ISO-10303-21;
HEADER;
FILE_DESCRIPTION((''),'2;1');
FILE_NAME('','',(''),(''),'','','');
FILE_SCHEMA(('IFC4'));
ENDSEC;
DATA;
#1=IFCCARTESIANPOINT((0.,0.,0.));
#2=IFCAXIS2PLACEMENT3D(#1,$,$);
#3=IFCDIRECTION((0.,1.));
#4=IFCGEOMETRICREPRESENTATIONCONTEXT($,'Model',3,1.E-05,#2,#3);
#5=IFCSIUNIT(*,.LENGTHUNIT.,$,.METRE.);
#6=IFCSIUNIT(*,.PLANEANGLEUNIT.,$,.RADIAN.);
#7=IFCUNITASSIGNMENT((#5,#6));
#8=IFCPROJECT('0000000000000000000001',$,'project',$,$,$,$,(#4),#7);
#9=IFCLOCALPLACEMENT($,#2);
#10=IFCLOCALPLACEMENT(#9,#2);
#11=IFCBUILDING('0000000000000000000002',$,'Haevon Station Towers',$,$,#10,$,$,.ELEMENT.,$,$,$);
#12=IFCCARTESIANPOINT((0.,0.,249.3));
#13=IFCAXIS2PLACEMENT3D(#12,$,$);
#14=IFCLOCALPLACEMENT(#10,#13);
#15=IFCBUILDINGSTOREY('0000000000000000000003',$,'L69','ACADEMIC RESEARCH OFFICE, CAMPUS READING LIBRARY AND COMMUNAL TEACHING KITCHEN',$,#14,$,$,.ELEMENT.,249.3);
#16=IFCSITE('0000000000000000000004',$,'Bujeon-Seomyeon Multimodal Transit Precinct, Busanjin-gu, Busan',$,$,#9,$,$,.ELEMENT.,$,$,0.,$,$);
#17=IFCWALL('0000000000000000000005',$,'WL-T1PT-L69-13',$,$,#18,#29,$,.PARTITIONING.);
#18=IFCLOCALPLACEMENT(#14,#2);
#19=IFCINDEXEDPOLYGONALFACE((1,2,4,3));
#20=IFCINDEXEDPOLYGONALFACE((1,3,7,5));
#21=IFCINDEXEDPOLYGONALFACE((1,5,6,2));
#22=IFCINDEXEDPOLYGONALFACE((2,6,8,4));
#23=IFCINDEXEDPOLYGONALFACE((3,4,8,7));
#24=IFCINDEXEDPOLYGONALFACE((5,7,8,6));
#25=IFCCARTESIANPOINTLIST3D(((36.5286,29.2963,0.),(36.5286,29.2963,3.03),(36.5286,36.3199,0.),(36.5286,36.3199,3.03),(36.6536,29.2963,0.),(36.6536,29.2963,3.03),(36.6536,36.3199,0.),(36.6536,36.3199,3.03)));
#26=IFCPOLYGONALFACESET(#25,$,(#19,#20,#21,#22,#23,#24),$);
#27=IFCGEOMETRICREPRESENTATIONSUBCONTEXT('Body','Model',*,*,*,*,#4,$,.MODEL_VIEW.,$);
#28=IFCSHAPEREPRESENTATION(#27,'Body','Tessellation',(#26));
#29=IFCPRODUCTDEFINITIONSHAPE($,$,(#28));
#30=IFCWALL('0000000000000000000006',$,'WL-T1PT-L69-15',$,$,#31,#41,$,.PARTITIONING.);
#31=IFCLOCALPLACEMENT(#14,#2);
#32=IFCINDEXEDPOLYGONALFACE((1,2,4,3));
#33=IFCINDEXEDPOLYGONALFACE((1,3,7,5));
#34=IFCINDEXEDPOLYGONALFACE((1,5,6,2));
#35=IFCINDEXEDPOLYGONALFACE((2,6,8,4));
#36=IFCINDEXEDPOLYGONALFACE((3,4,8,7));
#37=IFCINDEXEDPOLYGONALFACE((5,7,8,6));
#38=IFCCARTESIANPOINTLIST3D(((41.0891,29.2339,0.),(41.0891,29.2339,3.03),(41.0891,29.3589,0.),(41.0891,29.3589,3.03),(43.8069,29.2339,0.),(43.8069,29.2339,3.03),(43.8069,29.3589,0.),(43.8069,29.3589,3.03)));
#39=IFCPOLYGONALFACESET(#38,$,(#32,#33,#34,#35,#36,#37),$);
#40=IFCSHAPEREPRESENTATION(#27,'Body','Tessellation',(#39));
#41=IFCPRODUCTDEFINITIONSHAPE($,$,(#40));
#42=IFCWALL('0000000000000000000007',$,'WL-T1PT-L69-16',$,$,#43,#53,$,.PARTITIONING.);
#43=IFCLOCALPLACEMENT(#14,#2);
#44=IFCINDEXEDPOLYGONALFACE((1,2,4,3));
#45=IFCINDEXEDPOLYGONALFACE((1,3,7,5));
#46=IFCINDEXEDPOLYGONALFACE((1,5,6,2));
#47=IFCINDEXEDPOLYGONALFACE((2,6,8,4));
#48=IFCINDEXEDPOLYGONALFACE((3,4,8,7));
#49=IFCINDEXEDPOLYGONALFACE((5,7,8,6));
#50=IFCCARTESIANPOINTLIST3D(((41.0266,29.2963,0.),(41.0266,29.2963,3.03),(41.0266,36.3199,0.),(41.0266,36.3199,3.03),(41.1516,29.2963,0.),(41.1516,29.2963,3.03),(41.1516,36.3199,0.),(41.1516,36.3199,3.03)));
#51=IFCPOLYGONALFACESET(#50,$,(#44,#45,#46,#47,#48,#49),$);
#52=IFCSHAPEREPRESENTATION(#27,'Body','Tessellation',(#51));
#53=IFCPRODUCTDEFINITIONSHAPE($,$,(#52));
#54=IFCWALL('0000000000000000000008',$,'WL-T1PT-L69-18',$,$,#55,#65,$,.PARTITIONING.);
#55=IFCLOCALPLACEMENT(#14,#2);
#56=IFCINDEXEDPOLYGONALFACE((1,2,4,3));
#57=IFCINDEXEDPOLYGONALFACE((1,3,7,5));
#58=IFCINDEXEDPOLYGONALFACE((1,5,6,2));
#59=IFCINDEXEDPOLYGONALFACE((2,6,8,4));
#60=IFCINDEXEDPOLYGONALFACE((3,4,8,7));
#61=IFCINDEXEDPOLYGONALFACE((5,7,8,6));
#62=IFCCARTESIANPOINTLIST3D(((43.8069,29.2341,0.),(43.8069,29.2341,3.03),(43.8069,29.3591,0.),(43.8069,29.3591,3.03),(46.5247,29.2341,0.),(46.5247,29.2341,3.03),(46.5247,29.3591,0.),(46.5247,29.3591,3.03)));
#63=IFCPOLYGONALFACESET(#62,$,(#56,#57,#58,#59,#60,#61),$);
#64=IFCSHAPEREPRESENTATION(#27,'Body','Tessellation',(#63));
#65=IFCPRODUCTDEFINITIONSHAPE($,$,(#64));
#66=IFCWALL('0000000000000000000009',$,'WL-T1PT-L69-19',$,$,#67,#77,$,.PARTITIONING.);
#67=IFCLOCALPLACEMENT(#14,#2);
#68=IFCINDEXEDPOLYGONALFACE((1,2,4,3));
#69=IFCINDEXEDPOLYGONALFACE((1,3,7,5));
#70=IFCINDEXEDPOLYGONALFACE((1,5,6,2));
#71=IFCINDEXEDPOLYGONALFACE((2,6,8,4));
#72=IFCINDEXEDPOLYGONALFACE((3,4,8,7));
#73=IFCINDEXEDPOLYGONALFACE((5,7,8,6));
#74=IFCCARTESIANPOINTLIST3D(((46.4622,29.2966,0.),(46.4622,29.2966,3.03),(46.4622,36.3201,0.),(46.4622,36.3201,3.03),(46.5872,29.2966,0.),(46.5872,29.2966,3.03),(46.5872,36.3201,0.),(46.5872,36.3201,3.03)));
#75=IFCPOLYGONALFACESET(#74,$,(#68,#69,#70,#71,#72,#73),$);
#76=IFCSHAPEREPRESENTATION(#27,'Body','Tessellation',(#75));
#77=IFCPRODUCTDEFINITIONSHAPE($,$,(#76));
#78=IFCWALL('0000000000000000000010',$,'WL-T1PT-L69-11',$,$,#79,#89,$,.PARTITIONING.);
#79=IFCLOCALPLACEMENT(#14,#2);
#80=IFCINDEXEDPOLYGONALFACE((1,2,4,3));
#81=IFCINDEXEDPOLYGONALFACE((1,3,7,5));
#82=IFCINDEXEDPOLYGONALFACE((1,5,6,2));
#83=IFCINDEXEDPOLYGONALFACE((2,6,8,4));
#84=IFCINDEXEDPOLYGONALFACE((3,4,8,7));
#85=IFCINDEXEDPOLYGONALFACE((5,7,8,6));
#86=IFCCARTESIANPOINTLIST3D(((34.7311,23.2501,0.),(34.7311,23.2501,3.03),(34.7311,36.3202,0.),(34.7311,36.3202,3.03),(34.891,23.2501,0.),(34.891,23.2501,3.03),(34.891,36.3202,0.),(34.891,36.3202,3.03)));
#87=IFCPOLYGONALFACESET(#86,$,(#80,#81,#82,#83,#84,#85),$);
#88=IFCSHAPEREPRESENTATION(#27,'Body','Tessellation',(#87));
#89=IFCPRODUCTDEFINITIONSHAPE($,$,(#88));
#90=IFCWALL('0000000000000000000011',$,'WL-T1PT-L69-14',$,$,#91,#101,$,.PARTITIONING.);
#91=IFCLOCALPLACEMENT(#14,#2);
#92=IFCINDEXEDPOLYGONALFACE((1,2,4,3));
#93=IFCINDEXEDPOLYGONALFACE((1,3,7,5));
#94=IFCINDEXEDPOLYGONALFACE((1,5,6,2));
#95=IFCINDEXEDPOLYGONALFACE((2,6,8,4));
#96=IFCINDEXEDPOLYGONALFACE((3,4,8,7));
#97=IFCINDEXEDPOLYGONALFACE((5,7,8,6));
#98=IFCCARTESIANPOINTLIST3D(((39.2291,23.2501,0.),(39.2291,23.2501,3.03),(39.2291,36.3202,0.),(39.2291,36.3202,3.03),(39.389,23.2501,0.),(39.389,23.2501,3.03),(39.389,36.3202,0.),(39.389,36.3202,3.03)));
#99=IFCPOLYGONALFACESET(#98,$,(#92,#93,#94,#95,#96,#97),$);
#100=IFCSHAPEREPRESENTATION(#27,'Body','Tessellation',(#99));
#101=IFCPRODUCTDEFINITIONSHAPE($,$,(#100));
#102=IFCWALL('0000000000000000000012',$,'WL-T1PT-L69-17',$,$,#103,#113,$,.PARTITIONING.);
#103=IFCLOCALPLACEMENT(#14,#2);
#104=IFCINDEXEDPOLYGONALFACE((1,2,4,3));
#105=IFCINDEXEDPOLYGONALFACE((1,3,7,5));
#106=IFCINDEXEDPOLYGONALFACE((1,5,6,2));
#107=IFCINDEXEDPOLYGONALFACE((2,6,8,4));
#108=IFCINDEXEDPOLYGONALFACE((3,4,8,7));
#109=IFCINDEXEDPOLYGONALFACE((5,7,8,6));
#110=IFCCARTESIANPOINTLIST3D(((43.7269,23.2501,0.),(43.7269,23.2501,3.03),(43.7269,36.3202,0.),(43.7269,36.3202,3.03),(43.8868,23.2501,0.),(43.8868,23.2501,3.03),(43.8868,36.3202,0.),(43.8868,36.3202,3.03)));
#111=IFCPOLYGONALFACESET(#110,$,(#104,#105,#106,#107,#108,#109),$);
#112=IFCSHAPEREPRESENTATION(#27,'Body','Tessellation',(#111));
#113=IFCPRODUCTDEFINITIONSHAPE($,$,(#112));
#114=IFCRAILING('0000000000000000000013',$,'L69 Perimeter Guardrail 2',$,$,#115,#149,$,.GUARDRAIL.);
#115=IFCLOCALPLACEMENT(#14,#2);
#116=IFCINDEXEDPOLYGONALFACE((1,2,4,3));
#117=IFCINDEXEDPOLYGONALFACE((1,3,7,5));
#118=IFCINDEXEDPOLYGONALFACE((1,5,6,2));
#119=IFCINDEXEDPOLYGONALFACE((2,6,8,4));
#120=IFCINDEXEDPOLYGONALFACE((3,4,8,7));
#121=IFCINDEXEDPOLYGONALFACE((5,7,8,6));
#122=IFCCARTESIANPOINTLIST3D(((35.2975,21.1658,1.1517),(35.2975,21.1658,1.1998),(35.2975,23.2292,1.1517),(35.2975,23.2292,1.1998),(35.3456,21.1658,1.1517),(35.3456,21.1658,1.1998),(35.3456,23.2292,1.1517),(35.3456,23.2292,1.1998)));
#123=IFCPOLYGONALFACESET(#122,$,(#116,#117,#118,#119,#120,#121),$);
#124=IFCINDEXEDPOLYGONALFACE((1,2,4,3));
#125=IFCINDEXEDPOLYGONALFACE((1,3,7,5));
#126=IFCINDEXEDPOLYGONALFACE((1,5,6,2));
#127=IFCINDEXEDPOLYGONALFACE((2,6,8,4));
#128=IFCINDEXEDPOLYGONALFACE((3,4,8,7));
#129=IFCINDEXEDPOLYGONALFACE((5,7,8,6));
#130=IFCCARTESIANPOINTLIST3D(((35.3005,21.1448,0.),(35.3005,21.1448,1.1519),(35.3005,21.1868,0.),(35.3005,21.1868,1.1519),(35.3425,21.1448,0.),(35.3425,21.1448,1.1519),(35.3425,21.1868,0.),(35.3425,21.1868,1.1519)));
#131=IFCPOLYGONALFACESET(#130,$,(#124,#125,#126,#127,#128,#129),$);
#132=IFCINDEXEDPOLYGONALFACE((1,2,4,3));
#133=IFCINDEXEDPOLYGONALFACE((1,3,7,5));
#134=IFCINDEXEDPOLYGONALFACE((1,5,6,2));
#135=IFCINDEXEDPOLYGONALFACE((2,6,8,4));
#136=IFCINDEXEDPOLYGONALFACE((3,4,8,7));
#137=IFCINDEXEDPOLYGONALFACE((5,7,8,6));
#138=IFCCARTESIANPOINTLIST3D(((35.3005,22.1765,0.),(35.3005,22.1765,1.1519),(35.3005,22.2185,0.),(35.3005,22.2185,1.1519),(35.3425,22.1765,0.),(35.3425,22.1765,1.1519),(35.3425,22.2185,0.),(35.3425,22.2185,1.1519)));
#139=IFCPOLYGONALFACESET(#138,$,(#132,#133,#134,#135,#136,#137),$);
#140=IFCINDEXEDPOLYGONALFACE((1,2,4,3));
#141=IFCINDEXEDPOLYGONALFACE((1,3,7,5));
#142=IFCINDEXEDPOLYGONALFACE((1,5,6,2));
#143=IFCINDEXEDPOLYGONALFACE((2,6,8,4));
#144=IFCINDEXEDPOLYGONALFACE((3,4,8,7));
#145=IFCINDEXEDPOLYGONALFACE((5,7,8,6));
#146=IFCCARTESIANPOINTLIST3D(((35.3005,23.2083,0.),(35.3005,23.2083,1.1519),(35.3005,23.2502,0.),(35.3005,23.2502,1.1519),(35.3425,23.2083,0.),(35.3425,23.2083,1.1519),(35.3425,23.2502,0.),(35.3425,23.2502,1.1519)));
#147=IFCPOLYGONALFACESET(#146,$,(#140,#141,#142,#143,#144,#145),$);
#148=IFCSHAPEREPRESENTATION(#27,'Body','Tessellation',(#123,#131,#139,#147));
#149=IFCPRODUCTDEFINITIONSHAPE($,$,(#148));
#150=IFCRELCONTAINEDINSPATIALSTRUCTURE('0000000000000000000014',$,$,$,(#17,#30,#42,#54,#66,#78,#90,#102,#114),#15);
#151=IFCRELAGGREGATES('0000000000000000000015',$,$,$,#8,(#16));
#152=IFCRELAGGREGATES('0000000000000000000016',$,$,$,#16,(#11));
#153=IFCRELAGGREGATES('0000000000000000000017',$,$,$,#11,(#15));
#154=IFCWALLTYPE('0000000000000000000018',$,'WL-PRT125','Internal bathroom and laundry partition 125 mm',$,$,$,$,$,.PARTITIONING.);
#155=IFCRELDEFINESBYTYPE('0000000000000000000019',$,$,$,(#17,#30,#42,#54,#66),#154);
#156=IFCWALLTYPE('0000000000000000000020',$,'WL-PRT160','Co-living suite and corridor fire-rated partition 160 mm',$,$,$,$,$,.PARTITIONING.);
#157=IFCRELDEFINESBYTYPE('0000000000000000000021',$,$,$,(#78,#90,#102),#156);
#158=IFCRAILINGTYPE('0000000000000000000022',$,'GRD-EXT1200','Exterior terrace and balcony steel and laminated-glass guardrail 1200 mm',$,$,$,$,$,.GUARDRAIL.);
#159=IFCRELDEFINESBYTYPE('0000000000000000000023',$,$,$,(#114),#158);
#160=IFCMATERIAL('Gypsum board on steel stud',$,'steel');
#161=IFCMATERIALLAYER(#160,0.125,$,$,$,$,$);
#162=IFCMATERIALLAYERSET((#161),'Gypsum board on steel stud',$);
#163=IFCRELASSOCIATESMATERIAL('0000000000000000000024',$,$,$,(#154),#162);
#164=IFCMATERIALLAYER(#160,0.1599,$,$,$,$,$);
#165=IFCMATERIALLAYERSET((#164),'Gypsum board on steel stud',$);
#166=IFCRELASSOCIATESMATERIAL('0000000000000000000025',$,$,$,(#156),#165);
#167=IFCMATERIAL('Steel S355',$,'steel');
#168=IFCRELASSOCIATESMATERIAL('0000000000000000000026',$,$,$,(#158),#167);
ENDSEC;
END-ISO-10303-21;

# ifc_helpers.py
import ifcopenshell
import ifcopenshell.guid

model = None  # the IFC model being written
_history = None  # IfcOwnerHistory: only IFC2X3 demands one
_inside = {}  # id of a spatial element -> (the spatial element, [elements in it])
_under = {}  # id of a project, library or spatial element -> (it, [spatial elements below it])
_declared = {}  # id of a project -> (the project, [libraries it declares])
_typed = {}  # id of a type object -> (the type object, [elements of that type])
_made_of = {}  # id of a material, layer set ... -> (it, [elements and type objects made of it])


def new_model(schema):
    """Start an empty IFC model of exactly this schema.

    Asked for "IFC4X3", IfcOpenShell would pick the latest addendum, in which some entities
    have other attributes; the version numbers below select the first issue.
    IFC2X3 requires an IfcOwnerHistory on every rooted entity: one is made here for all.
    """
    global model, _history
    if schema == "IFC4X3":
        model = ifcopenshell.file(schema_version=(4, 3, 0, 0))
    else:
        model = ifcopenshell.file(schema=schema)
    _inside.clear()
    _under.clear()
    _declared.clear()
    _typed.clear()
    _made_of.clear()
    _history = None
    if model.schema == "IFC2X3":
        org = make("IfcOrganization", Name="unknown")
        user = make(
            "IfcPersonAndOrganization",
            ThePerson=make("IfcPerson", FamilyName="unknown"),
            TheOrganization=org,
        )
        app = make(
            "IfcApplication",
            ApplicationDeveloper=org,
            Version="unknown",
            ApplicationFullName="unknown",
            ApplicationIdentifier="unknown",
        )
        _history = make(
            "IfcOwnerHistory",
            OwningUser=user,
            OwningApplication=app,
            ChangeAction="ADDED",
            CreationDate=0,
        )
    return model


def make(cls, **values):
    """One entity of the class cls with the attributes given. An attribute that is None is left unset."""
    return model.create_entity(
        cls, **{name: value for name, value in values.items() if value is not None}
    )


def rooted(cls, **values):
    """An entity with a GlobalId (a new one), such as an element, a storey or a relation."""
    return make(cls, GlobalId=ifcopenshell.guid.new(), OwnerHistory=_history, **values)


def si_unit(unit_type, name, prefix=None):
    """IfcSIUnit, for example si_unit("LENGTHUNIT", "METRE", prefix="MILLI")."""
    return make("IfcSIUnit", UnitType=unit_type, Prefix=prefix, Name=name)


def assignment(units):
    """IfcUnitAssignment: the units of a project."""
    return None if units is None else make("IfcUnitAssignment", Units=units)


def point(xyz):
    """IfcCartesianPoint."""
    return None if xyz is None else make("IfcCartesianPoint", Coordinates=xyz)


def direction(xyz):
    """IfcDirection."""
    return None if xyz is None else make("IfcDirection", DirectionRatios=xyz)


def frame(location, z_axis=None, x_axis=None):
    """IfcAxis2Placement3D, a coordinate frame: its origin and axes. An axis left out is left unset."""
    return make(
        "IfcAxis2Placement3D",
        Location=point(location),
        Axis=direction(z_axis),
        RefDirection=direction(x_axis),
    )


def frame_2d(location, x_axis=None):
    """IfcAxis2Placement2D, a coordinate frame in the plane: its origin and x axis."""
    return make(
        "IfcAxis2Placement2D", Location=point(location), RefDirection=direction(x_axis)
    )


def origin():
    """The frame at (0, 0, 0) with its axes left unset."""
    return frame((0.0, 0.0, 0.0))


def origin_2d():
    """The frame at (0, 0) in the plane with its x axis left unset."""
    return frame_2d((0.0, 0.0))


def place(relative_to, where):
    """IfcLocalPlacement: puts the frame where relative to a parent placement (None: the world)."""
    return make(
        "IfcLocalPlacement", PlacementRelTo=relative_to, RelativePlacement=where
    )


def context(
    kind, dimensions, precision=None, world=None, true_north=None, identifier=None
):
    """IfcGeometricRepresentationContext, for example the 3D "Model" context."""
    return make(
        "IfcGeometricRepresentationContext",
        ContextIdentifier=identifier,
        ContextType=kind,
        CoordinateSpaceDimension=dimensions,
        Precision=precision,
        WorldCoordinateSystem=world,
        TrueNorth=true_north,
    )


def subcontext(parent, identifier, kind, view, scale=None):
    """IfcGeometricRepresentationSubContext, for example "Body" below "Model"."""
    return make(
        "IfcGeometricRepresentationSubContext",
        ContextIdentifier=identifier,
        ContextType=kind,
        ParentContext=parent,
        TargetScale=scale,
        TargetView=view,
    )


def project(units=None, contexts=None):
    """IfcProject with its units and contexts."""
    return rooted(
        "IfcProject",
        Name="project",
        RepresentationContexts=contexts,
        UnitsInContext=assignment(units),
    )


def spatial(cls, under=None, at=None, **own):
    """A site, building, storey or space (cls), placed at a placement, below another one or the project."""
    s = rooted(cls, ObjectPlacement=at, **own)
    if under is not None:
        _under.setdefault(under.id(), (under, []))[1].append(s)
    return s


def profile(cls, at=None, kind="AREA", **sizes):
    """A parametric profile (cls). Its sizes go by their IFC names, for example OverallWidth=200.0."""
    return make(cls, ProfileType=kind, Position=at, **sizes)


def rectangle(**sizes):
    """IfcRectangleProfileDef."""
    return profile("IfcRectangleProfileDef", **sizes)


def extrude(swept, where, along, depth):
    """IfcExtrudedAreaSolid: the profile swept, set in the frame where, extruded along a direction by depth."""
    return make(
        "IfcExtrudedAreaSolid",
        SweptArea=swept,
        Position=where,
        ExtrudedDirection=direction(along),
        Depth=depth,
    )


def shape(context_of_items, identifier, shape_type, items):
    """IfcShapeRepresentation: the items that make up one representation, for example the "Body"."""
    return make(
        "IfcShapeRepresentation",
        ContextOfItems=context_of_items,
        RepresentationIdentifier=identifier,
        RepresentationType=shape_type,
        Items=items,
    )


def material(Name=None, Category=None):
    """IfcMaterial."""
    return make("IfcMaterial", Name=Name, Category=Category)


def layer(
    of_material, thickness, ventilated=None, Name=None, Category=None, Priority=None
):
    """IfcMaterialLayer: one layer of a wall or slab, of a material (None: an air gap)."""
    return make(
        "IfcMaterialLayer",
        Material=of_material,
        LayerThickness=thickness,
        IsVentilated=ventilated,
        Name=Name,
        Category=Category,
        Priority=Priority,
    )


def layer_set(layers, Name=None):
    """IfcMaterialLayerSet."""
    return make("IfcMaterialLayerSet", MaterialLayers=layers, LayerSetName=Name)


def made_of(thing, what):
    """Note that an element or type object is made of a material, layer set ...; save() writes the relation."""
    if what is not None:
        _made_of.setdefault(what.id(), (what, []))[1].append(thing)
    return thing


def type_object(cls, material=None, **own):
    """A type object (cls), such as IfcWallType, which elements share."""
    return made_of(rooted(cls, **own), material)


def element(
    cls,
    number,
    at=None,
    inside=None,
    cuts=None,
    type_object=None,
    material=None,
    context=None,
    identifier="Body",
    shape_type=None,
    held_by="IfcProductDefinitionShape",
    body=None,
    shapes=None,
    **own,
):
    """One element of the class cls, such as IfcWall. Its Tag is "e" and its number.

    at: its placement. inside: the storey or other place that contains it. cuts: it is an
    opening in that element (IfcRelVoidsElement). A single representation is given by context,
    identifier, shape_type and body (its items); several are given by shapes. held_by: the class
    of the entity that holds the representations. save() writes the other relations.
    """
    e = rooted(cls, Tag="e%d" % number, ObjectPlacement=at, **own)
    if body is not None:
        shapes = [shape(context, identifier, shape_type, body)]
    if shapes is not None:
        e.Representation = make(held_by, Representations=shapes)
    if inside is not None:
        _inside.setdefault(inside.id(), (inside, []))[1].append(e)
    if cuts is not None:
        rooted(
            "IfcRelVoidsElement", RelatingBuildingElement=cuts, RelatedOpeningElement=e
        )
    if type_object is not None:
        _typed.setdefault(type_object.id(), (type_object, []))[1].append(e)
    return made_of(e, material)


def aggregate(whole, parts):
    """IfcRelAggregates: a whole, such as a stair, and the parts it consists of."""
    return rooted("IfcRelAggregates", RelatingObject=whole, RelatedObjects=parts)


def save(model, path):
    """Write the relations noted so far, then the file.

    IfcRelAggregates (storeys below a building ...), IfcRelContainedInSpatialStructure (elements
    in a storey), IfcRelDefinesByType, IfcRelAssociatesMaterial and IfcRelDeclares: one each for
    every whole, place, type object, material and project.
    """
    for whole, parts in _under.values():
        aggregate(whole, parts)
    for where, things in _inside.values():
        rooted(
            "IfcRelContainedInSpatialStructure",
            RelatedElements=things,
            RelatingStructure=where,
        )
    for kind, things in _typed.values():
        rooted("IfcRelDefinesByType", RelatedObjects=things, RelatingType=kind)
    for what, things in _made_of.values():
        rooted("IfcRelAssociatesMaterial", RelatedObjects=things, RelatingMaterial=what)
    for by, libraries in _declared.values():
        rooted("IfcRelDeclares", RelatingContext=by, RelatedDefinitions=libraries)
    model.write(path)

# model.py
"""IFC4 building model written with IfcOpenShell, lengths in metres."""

from ifc_helpers import new_model, si_unit, direction, frame, frame_2d, origin, origin_2d, place, context, subcontext, project, spatial, rectangle, extrude, material, layer, layer_set, type_object, element, save


model = new_model("IFC4")

# Units and contexts
model_context = context("Model", 3, precision=1e-05, world=origin(), true_north=direction((0.0, 1.0)))
body_context = subcontext(model_context, "Body", "Model", "MODEL_VIEW")
ifc_project = project(units=[si_unit("LENGTHUNIT", "METRE"), si_unit("PLANEANGLEUNIT", "RADIAN")], contexts=[model_context])

# Site, building, storey
site_placement = place(None, origin())
site = spatial("IfcSite", under=ifc_project, at=site_placement, Name="Bujeon-Seomyeon Multimodal Transit Precinct, Busanjin-gu, Busan", CompositionType="ELEMENT", RefElevation=0.0)
building_placement = place(site_placement, origin())
building = spatial("IfcBuilding", under=site, at=building_placement, Name="Haevon Station Towers", CompositionType="ELEMENT")
storey_placement = place(building_placement, frame((0.0, 0.0, 249.3)))
storey = spatial("IfcBuildingStorey", under=building, at=storey_placement, Name="L69", Description="ACADEMIC RESEARCH OFFICE, CAMPUS READING LIBRARY AND COMMUNAL TEACHING KITCHEN", CompositionType="ELEMENT", Elevation=249.3)

# Shared definitions
ifc_material_1 = material(Name="Steel S355", Category="steel")

# Walls
ifc_material_2 = material(Name="Gypsum board on steel stud", Category="steel")
ifc_layer_1 = layer(ifc_material_2, 0.125)
ifc_layer_set_1 = layer_set([ifc_layer_1], Name="Gypsum board on steel stud")
wall_type_1 = type_object("IfcWallType", Name="WL-PRT125", Description="Internal bathroom and laundry partition 125 mm", PredefinedType="PARTITIONING", material=ifc_layer_set_1)
wall_1_placement = place(storey_placement, frame((36.5911, 29.2964, 0.0), z_axis=(0.0, 0.0, 1.0), x_axis=(0.0, 1.0, 0.0)))
element("IfcWall", 1, at=wall_1_placement, inside=storey, type_object=wall_type_1, Name="WL-T1PT-L69-13", PredefinedType="PARTITIONING", context=body_context, shape_type="SweptSolid", body=[
    extrude(rectangle(XDim=7.0237, YDim=0.125, at=frame_2d((3.5117, 0.0))), origin(), (0.0, 0.0, 1.0), 3.03),
])
wall_2_placement = place(storey_placement, frame((41.0891, 29.2964, 0.0), z_axis=(0.0, 0.0, 1.0), x_axis=(1.0, 0.0, 0.0)))
element("IfcWall", 2, at=wall_2_placement, inside=storey, type_object=wall_type_1, Name="WL-T1PT-L69-15", PredefinedType="PARTITIONING", context=body_context, shape_type="SweptSolid", body=[
    extrude(rectangle(XDim=2.7178, YDim=0.125, at=frame_2d((1.3589, 0.0))), origin(), (0.0, 0.0, 1.0), 3.03),
])
wall_3_placement = place(storey_placement, frame((41.0891, 29.2964, 0.0), z_axis=(0.0, 0.0, 1.0), x_axis=(0.0, 1.0, 0.0)))
element("IfcWall", 3, at=wall_3_placement, inside=storey, type_object=wall_type_1, Name="WL-T1PT-L69-16", PredefinedType="PARTITIONING", context=body_context, shape_type="SweptSolid", body=[
    extrude(rectangle(XDim=7.0237, YDim=0.125, at=frame_2d((3.5117, 0.0))), origin(), (0.0, 0.0, 1.0), 3.03),
])
wall_4_placement = place(storey_placement, frame((43.8069, 29.2966, 0.0), z_axis=(0.0, 0.0, 1.0), x_axis=(1.0, 0.0, 0.0)))
element("IfcWall", 4, at=wall_4_placement, inside=storey, type_object=wall_type_1, Name="WL-T1PT-L69-18", PredefinedType="PARTITIONING", context=body_context, shape_type="SweptSolid", body=[
    extrude(rectangle(XDim=2.7178, YDim=0.125, at=frame_2d((1.3589, 0.0))), origin(), (0.0, 0.0, 1.0), 3.03),
])
wall_5_placement = place(storey_placement, frame((46.5247, 29.2966, 0.0), z_axis=(0.0, 0.0, 1.0), x_axis=(0.0, 1.0, 0.0)))
element("IfcWall", 5, at=wall_5_placement, inside=storey, type_object=wall_type_1, Name="WL-T1PT-L69-19", PredefinedType="PARTITIONING", context=body_context, shape_type="SweptSolid", body=[
    extrude(rectangle(XDim=7.0234, YDim=0.125, at=frame_2d((3.5117, 0.0))), origin(), (0.0, 0.0, 1.0), 3.03),
])
ifc_layer_2 = layer(ifc_material_2, 0.1599)
ifc_layer_set_2 = layer_set([ifc_layer_2], Name="Gypsum board on steel stud")
wall_type_2 = type_object("IfcWallType", Name="WL-PRT160", Description="Co-living suite and corridor fire-rated partition 160 mm", PredefinedType="PARTITIONING", material=ifc_layer_set_2)
for number, where, z_axis, x_axis, name in (
    (6, (34.811, 23.25, 0.0), (0.0, 0.0, 1.0), (0.0, 1.0, 0.0), "WL-T1PT-L69-11"),
    (7, (39.3091, 23.25, 0.0), (0.0, 0.0, 1.0), (0.0, 1.0, 0.0), "WL-T1PT-L69-14"),
    (8, (43.8069, 23.25, 0.0), (0.0, 0.0, 1.0), (0.0, 1.0, 0.0), "WL-T1PT-L69-17"),
):
    element("IfcWall", number, at=place(storey_placement, frame(where, z_axis=z_axis, x_axis=x_axis)), inside=storey, type_object=wall_type_2, Name=name, PredefinedType="PARTITIONING", context=body_context, shape_type="SweptSolid", body=[
        extrude(rectangle(XDim=13.0701, YDim=0.1599, at=frame_2d((6.5352, 0.0))), origin(), (0.0, 0.0, 1.0), 3.03),
    ])

# Railing
railing_type = type_object("IfcRailingType", Name="GRD-EXT1200", Description="Exterior terrace and balcony steel and laminated-glass guardrail 1200 mm", PredefinedType="GUARDRAIL", material=ifc_material_1)
railing_placement = place(storey_placement, frame((35.3215, 21.1658, 0.0)))
element("IfcRailing", 9, at=railing_placement, inside=storey, type_object=railing_type, Name="L69 Perimeter Guardrail 2", PredefinedType="GUARDRAIL", context=body_context, shape_type="SweptSolid", body=[
    extrude(rectangle(XDim=0.0481, YDim=0.0481, at=origin_2d()), frame((0.0, 0.0, 1.1758), z_axis=(0.0, 1.0, 0.0), x_axis=(-1.0, 0.0, 0.0)), (0.0, 0.0, 1.0), 2.0635),
    extrude(rectangle(XDim=0.042, YDim=0.042, at=origin_2d()), origin(), (0.0, 0.0, 1.0), 1.1519),
    extrude(rectangle(XDim=0.042, YDim=0.042, at=origin_2d()), frame((0.0, 1.0317, 0.0)), (0.0, 0.0, 1.0), 1.1519),
    extrude(rectangle(XDim=0.042, YDim=0.042, at=origin_2d()), frame((0.0, 2.0635, 0.0)), (0.0, 0.0, 1.0), 1.1519),
])

save(model, "model.ifc")
